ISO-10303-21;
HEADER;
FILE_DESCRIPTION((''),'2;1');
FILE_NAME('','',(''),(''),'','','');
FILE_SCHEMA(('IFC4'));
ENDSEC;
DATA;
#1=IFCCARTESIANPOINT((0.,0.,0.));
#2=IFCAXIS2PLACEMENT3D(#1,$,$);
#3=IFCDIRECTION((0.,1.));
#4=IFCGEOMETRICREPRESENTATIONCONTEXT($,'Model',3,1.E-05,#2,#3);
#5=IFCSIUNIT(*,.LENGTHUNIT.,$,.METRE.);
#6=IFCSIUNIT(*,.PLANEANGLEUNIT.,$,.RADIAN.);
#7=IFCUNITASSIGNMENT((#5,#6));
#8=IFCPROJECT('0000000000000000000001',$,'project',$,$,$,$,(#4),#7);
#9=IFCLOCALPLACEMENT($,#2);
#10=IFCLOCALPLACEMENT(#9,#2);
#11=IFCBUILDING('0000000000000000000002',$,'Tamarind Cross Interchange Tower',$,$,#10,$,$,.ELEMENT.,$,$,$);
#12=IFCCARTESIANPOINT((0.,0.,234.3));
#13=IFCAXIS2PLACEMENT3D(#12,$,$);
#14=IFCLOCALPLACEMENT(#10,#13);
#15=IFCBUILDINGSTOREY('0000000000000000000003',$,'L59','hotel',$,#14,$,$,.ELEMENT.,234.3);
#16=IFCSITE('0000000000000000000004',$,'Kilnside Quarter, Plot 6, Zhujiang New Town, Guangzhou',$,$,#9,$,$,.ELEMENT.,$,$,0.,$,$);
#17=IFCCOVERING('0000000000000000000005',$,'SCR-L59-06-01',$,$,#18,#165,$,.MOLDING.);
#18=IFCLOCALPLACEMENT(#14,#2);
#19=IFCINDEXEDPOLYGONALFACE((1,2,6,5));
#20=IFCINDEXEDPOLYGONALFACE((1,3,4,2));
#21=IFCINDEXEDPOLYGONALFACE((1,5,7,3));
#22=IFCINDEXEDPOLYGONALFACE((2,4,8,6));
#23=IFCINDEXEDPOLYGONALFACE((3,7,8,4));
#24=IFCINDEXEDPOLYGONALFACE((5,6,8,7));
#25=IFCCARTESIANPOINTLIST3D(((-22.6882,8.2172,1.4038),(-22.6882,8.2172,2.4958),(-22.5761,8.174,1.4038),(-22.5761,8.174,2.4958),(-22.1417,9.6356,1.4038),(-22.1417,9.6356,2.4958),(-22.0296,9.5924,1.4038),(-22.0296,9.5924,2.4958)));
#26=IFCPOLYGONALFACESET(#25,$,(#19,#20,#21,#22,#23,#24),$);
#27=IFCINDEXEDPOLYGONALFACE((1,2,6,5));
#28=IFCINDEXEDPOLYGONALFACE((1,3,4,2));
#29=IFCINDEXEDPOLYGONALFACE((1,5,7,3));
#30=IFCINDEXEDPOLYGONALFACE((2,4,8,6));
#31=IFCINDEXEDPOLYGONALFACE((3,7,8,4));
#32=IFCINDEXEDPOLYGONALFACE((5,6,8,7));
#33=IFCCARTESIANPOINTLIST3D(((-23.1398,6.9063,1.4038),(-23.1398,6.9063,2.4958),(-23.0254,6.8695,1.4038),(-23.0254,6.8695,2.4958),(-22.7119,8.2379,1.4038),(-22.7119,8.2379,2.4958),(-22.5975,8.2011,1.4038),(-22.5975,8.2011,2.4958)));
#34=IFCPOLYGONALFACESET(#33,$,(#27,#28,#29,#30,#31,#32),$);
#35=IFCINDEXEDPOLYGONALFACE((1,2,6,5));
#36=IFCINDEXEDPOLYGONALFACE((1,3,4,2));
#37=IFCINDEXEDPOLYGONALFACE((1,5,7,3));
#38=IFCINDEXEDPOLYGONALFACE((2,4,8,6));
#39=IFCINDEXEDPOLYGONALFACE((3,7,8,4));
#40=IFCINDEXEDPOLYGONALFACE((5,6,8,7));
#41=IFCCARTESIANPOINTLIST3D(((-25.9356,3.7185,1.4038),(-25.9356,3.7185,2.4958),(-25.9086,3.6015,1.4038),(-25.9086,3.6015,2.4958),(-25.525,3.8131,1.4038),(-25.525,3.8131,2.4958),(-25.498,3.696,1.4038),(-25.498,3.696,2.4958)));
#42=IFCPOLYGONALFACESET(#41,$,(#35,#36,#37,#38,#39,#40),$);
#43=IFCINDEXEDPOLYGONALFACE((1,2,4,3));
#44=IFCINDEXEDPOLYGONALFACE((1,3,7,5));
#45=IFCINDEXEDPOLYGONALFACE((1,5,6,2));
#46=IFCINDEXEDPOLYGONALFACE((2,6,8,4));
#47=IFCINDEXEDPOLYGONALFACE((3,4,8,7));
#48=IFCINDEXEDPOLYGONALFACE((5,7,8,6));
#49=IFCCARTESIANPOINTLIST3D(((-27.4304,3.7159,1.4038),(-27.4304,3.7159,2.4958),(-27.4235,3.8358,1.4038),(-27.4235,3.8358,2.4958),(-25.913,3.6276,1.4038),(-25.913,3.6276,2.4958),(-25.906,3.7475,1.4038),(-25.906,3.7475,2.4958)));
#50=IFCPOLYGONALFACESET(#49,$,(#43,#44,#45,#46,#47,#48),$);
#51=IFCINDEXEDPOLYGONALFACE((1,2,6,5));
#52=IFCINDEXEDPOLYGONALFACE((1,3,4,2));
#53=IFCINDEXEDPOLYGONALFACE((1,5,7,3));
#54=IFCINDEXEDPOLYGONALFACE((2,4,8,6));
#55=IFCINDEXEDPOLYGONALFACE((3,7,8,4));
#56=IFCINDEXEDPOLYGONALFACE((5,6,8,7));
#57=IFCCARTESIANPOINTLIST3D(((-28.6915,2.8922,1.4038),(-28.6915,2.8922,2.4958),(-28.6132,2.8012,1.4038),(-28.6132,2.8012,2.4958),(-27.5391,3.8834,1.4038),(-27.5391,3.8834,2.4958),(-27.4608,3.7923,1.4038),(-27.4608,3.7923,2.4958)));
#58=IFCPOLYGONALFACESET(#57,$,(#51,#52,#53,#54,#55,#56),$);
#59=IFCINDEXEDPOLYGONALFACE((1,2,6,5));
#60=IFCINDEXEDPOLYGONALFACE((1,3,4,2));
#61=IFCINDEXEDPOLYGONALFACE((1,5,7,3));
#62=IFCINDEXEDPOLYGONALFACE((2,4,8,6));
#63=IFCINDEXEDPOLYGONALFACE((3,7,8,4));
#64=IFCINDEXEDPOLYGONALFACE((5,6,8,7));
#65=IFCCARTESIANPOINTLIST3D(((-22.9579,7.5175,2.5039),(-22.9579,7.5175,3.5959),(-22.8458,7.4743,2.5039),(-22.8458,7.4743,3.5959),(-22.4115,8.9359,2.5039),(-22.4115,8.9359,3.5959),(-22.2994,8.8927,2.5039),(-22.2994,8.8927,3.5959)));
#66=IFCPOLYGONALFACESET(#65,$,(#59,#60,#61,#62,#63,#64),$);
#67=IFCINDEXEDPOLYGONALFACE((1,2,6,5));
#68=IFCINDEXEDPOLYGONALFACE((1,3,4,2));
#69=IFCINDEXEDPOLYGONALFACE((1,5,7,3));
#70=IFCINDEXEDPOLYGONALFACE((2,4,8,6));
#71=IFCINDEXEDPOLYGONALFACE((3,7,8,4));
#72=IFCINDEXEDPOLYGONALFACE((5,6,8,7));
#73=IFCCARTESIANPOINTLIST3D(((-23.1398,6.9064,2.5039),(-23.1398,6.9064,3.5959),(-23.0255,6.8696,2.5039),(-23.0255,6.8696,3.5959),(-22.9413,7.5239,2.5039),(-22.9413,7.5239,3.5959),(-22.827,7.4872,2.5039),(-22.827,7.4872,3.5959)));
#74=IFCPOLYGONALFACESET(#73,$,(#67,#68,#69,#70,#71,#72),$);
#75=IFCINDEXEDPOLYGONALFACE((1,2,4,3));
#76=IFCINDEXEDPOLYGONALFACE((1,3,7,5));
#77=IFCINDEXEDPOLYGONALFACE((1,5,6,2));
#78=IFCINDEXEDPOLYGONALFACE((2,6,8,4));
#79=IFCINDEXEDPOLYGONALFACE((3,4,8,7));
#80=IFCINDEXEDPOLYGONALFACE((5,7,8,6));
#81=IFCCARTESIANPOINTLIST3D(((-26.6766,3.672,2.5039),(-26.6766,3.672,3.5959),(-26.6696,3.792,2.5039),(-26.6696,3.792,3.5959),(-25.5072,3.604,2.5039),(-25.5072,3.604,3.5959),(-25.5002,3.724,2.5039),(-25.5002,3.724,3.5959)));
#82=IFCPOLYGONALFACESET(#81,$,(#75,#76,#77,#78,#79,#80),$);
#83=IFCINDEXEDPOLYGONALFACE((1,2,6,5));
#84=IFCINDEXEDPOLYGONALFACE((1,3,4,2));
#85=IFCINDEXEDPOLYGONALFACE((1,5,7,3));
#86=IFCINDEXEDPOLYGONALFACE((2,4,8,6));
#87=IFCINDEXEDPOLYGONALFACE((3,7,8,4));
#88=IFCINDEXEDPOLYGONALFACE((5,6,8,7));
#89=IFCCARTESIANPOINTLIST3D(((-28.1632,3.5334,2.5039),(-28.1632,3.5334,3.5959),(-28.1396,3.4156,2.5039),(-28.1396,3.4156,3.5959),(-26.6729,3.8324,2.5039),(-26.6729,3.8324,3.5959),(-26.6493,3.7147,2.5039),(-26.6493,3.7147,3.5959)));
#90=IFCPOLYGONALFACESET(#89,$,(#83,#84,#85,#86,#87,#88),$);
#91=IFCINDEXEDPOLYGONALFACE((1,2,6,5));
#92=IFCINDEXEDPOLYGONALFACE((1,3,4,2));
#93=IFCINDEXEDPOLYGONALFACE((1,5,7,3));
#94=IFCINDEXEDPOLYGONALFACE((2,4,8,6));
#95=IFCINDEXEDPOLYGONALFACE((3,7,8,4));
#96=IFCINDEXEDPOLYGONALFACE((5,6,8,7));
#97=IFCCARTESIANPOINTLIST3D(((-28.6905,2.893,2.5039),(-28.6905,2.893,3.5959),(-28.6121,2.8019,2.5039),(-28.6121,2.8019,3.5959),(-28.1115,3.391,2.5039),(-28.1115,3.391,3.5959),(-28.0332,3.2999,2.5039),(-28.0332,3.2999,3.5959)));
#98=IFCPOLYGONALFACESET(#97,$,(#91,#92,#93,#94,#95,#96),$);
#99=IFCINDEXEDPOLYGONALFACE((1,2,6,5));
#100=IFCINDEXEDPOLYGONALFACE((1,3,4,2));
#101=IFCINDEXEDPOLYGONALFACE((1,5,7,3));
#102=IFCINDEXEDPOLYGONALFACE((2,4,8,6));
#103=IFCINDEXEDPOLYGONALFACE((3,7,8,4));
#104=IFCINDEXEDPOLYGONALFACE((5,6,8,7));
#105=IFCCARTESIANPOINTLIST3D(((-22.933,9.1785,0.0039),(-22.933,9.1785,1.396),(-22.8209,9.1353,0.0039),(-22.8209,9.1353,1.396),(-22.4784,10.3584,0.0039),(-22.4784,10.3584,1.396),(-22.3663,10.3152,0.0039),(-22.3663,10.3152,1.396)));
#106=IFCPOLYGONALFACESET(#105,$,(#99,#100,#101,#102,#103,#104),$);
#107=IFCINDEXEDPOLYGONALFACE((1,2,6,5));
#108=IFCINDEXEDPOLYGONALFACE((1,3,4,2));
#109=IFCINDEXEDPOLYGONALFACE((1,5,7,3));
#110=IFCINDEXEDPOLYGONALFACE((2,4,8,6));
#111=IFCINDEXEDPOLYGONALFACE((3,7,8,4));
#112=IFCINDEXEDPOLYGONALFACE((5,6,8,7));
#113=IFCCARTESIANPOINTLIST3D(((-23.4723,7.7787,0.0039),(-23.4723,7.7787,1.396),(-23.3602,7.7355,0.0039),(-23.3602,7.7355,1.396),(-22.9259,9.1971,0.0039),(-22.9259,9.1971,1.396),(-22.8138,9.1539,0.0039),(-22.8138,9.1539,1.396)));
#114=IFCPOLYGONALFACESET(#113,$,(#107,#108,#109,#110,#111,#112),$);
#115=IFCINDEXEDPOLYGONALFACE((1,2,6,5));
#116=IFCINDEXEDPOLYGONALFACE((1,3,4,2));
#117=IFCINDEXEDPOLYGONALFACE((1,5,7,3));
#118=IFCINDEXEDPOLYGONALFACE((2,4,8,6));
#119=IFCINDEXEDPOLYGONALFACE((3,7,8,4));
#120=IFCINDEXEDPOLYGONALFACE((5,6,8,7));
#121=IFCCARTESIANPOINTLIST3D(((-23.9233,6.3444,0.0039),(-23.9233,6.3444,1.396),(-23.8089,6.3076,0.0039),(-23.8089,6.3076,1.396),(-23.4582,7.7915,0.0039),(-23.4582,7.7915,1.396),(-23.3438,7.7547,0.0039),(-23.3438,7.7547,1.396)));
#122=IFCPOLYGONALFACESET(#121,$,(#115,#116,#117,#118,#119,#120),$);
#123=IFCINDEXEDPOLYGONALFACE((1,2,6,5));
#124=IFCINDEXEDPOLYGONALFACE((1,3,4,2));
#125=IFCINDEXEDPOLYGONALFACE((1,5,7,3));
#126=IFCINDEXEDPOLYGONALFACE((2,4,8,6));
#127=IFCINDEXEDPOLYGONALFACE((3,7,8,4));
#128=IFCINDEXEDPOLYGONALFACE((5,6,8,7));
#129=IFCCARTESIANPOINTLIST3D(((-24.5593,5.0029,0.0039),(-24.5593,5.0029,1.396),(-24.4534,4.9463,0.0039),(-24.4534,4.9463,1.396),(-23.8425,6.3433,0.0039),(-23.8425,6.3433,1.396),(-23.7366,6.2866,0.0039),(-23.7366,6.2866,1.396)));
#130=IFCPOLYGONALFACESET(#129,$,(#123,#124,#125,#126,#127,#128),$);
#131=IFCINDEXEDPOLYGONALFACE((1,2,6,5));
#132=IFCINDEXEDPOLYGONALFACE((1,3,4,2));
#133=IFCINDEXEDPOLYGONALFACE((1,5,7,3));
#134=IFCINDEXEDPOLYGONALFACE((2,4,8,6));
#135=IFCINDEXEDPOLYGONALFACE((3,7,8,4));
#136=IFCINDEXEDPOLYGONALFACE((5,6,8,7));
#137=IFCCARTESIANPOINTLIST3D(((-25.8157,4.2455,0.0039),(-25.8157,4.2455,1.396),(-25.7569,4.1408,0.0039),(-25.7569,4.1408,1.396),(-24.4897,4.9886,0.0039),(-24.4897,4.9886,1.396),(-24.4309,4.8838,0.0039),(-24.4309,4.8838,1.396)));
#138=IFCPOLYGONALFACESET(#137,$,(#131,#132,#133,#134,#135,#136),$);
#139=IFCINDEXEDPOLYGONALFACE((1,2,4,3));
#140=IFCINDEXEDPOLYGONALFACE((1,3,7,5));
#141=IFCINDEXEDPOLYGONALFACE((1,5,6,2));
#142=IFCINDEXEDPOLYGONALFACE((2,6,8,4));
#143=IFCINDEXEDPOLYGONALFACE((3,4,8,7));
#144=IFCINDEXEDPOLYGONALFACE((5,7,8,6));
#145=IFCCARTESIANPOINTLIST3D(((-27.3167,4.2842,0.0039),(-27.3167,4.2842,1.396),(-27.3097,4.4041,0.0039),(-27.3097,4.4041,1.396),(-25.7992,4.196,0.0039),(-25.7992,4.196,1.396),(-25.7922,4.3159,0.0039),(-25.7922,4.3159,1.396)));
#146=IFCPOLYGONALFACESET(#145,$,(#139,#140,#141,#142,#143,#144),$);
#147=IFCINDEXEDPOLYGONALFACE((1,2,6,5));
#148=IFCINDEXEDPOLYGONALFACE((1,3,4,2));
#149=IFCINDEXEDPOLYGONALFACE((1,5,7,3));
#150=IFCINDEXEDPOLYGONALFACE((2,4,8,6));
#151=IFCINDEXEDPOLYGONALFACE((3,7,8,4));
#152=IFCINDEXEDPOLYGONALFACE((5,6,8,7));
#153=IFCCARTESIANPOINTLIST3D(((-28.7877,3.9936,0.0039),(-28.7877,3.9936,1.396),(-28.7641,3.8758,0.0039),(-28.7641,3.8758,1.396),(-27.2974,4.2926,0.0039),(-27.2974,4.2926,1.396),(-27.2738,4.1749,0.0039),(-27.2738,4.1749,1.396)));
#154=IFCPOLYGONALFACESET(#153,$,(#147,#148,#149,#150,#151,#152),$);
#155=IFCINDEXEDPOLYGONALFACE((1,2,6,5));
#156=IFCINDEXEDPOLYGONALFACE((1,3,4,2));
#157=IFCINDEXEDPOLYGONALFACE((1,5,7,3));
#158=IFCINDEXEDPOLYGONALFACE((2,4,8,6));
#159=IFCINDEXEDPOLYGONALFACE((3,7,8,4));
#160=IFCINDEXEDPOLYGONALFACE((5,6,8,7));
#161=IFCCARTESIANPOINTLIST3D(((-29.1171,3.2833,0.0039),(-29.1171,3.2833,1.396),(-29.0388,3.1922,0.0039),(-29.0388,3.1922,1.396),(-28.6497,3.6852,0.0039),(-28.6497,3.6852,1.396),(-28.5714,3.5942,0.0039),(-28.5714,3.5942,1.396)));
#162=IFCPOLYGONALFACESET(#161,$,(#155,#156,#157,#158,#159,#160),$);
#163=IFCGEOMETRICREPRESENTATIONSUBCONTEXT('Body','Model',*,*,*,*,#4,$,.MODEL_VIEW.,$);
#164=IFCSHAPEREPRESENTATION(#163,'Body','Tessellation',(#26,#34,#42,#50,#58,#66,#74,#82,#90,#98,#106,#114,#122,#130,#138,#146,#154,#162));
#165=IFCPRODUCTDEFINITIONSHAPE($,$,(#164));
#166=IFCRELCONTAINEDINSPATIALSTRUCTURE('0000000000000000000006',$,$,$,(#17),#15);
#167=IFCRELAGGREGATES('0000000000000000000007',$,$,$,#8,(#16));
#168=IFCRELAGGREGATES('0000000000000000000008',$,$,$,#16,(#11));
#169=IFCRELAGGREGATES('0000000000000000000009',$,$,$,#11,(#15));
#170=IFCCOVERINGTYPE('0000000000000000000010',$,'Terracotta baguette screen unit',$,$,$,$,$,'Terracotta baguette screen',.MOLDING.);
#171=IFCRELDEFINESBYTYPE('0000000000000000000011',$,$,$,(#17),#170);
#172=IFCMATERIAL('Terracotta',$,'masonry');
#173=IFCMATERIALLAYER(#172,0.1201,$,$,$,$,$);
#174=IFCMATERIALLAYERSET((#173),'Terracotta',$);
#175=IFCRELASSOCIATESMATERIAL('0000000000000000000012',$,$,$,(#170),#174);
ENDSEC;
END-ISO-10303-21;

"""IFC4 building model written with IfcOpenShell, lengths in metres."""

from ifc_helpers import new_model, si_unit, direction, frame, origin, origin_2d, place, context, subcontext, project, spatial, rectangle, extrude, material, layer, layer_set, type_object, element, save


model = new_model("IFC4")

# Units and contexts
model_context = context("Model", 3, precision=1e-05, world=origin(), true_north=direction((0.0, 1.0)))
body_context = subcontext(model_context, "Body", "Model", "MODEL_VIEW")
ifc_project = project(units=[si_unit("LENGTHUNIT", "METRE"), si_unit("PLANEANGLEUNIT", "RADIAN")], contexts=[model_context])

# Site, building, storey
site_placement = place(None, origin())
site = spatial("IfcSite", under=ifc_project, at=site_placement, Name="Kilnside Quarter, Plot 6, Zhujiang New Town, Guangzhou", CompositionType="ELEMENT", RefElevation=0.0)
building_placement = place(site_placement, origin())
building = spatial("IfcBuilding", under=site, at=building_placement, Name="Tamarind Cross Interchange Tower", CompositionType="ELEMENT")
storey_placement = place(building_placement, frame((0.0, 0.0, 234.3)))
storey = spatial("IfcBuildingStorey", under=building, at=storey_placement, Name="L59", Description="hotel", CompositionType="ELEMENT", Elevation=234.3)

# Covering
ifc_material_1 = material(Name="Terracotta", Category="masonry")
ifc_layer_1 = layer(ifc_material_1, 0.1201)
ifc_layer_set_1 = layer_set([ifc_layer_1], Name="Terracotta")
covering_type = type_object("IfcCoveringType", Name="Terracotta baguette screen unit", ElementType="Terracotta baguette screen", PredefinedType="MOLDING", material=ifc_layer_set_1)
covering_1_placement = place(storey_placement, origin())
element("IfcCovering", 1, at=covering_1_placement, inside=storey, type_object=covering_type, Name="SCR-L59-06-01", PredefinedType="MOLDING", context=body_context, shape_type="SweptSolid", body=[
    extrude(rectangle(XDim=1.52, YDim=0.1201, at=origin_2d()), frame((-22.3589, 8.9048, 1.4038), z_axis=(0.0, 0.0, 1.0), x_axis=(-0.359495, -0.933147, 0.0)), (0.0, 0.0, 1.0), 1.092),
    extrude(rectangle(XDim=1.3987, YDim=0.1201, at=origin_2d()), frame((-22.8687, 7.5537, 1.4038), z_axis=(0.0, 0.0, 1.0), x_axis=(-0.305955, -0.952046, 0.0)), (0.0, 0.0, 1.0), 1.092),
    extrude(rectangle(XDim=0.4214, YDim=0.1201, at=origin_2d()), frame((-25.7168, 3.7073, 1.4038), z_axis=(0.0, 0.0, 1.0), x_axis=(-0.974492, -0.224422, 0.0)), (0.0, 0.0, 1.0), 1.092),
    extrude(rectangle(XDim=1.52, YDim=0.1201, at=origin_2d()), frame((-26.6682, 3.7317, 1.4038), z_axis=(0.0, 0.0, 1.0), x_axis=(-0.998313, 0.058058, 0.0)), (0.0, 0.0, 1.0), 1.092),
    extrude(rectangle(XDim=1.52, YDim=0.1201, at=origin_2d()), frame((-28.0762, 3.3423, 1.4038), z_axis=(0.0, 0.0, 1.0), x_axis=(-0.758149, -0.652081, 0.0)), (0.0, 0.0, 1.0), 1.092),
    extrude(rectangle(XDim=1.52, YDim=0.1201, at=origin_2d()), frame((-22.6287, 8.2051, 2.5039), z_axis=(0.0, 0.0, 1.0), x_axis=(-0.359495, -0.933147, 0.0)), (0.0, 0.0, 1.0), 1.092),
    extrude(rectangle(XDim=0.6487, YDim=0.1201, at=origin_2d()), frame((-22.9834, 7.1968, 2.5039), z_axis=(0.0, 0.0, 1.0), x_axis=(-0.305955, -0.952046, 0.0)), (0.0, 0.0, 1.0), 1.092),
    extrude(rectangle(XDim=1.1714, YDim=0.1201, at=origin_2d()), frame((-26.0884, 3.698, 2.5039), z_axis=(0.0, 0.0, 1.0), x_axis=(-0.998313, 0.058058, 0.0)), (0.0, 0.0, 1.0), 1.092),
    extrude(rectangle(XDim=1.52, YDim=0.1201, at=origin_2d()), frame((-27.4062, 3.624, 2.5039), z_axis=(0.0, 0.0, 1.0), x_axis=(-0.980452, -0.196756, 0.0)), (0.0, 0.0, 1.0), 1.092),
    extrude(rectangle(XDim=0.7637, YDim=0.1201, at=origin_2d()), frame((-28.3618, 3.0964, 2.5039), z_axis=(0.0, 0.0, 1.0), x_axis=(-0.758149, -0.652081, 0.0)), (0.0, 0.0, 1.0), 1.092),
    extrude(rectangle(XDim=1.2644, YDim=0.1201, at=origin_2d()), frame((-22.6497, 9.7468, 0.0039), z_axis=(0.0, 0.0, 1.0), x_axis=(-0.359495, -0.933147, 0.0)), (0.0, 0.0, 1.0), 1.3921),
    extrude(rectangle(XDim=1.52, YDim=0.1201, at=origin_2d()), frame((-23.1431, 8.4663, 0.0039), z_axis=(0.0, 0.0, 1.0), x_axis=(-0.359495, -0.933147, 0.0)), (0.0, 0.0, 1.0), 1.3921),
    extrude(rectangle(XDim=1.52, YDim=0.1201, at=origin_2d()), frame((-23.6335, 7.0496, 0.0039), z_axis=(0.0, 0.0, 1.0), x_axis=(-0.305955, -0.952046, 0.0)), (0.0, 0.0, 1.0), 1.3921),
    extrude(rectangle(XDim=1.52, YDim=0.1201, at=origin_2d()), frame((-24.1479, 5.6448, 0.0039), z_axis=(0.0, 0.0, 1.0), x_axis=(-0.471618, -0.881803, 0.0)), (0.0, 0.0, 1.0), 1.3921),
    extrude(rectangle(XDim=1.52, YDim=0.1201, at=origin_2d()), frame((-25.1233, 4.5647, 0.0039), z_axis=(0.0, 0.0, 1.0), x_axis=(-0.872358, -0.488867, 0.0)), (0.0, 0.0, 1.0), 1.3921),
    extrude(rectangle(XDim=1.52, YDim=0.1201, at=origin_2d()), frame((-26.5544, 4.3, 0.0039), z_axis=(0.0, 0.0, 1.0), x_axis=(-0.998313, 0.058058, 0.0)), (0.0, 0.0, 1.0), 1.3921),
    extrude(rectangle(XDim=1.52, YDim=0.1201, at=origin_2d()), frame((-28.0308, 4.0842, 0.0039), z_axis=(0.0, 0.0, 1.0), x_axis=(-0.980452, -0.196756, 0.0)), (0.0, 0.0, 1.0), 1.3921),
    extrude(rectangle(XDim=0.6165, YDim=0.1201, at=origin_2d()), frame((-28.8442, 3.4387, 0.0039), z_axis=(0.0, 0.0, 1.0), x_axis=(-0.758149, -0.652081, 0.0)), (0.0, 0.0, 1.0), 1.3921),
])

save(model, "model.ifc")
